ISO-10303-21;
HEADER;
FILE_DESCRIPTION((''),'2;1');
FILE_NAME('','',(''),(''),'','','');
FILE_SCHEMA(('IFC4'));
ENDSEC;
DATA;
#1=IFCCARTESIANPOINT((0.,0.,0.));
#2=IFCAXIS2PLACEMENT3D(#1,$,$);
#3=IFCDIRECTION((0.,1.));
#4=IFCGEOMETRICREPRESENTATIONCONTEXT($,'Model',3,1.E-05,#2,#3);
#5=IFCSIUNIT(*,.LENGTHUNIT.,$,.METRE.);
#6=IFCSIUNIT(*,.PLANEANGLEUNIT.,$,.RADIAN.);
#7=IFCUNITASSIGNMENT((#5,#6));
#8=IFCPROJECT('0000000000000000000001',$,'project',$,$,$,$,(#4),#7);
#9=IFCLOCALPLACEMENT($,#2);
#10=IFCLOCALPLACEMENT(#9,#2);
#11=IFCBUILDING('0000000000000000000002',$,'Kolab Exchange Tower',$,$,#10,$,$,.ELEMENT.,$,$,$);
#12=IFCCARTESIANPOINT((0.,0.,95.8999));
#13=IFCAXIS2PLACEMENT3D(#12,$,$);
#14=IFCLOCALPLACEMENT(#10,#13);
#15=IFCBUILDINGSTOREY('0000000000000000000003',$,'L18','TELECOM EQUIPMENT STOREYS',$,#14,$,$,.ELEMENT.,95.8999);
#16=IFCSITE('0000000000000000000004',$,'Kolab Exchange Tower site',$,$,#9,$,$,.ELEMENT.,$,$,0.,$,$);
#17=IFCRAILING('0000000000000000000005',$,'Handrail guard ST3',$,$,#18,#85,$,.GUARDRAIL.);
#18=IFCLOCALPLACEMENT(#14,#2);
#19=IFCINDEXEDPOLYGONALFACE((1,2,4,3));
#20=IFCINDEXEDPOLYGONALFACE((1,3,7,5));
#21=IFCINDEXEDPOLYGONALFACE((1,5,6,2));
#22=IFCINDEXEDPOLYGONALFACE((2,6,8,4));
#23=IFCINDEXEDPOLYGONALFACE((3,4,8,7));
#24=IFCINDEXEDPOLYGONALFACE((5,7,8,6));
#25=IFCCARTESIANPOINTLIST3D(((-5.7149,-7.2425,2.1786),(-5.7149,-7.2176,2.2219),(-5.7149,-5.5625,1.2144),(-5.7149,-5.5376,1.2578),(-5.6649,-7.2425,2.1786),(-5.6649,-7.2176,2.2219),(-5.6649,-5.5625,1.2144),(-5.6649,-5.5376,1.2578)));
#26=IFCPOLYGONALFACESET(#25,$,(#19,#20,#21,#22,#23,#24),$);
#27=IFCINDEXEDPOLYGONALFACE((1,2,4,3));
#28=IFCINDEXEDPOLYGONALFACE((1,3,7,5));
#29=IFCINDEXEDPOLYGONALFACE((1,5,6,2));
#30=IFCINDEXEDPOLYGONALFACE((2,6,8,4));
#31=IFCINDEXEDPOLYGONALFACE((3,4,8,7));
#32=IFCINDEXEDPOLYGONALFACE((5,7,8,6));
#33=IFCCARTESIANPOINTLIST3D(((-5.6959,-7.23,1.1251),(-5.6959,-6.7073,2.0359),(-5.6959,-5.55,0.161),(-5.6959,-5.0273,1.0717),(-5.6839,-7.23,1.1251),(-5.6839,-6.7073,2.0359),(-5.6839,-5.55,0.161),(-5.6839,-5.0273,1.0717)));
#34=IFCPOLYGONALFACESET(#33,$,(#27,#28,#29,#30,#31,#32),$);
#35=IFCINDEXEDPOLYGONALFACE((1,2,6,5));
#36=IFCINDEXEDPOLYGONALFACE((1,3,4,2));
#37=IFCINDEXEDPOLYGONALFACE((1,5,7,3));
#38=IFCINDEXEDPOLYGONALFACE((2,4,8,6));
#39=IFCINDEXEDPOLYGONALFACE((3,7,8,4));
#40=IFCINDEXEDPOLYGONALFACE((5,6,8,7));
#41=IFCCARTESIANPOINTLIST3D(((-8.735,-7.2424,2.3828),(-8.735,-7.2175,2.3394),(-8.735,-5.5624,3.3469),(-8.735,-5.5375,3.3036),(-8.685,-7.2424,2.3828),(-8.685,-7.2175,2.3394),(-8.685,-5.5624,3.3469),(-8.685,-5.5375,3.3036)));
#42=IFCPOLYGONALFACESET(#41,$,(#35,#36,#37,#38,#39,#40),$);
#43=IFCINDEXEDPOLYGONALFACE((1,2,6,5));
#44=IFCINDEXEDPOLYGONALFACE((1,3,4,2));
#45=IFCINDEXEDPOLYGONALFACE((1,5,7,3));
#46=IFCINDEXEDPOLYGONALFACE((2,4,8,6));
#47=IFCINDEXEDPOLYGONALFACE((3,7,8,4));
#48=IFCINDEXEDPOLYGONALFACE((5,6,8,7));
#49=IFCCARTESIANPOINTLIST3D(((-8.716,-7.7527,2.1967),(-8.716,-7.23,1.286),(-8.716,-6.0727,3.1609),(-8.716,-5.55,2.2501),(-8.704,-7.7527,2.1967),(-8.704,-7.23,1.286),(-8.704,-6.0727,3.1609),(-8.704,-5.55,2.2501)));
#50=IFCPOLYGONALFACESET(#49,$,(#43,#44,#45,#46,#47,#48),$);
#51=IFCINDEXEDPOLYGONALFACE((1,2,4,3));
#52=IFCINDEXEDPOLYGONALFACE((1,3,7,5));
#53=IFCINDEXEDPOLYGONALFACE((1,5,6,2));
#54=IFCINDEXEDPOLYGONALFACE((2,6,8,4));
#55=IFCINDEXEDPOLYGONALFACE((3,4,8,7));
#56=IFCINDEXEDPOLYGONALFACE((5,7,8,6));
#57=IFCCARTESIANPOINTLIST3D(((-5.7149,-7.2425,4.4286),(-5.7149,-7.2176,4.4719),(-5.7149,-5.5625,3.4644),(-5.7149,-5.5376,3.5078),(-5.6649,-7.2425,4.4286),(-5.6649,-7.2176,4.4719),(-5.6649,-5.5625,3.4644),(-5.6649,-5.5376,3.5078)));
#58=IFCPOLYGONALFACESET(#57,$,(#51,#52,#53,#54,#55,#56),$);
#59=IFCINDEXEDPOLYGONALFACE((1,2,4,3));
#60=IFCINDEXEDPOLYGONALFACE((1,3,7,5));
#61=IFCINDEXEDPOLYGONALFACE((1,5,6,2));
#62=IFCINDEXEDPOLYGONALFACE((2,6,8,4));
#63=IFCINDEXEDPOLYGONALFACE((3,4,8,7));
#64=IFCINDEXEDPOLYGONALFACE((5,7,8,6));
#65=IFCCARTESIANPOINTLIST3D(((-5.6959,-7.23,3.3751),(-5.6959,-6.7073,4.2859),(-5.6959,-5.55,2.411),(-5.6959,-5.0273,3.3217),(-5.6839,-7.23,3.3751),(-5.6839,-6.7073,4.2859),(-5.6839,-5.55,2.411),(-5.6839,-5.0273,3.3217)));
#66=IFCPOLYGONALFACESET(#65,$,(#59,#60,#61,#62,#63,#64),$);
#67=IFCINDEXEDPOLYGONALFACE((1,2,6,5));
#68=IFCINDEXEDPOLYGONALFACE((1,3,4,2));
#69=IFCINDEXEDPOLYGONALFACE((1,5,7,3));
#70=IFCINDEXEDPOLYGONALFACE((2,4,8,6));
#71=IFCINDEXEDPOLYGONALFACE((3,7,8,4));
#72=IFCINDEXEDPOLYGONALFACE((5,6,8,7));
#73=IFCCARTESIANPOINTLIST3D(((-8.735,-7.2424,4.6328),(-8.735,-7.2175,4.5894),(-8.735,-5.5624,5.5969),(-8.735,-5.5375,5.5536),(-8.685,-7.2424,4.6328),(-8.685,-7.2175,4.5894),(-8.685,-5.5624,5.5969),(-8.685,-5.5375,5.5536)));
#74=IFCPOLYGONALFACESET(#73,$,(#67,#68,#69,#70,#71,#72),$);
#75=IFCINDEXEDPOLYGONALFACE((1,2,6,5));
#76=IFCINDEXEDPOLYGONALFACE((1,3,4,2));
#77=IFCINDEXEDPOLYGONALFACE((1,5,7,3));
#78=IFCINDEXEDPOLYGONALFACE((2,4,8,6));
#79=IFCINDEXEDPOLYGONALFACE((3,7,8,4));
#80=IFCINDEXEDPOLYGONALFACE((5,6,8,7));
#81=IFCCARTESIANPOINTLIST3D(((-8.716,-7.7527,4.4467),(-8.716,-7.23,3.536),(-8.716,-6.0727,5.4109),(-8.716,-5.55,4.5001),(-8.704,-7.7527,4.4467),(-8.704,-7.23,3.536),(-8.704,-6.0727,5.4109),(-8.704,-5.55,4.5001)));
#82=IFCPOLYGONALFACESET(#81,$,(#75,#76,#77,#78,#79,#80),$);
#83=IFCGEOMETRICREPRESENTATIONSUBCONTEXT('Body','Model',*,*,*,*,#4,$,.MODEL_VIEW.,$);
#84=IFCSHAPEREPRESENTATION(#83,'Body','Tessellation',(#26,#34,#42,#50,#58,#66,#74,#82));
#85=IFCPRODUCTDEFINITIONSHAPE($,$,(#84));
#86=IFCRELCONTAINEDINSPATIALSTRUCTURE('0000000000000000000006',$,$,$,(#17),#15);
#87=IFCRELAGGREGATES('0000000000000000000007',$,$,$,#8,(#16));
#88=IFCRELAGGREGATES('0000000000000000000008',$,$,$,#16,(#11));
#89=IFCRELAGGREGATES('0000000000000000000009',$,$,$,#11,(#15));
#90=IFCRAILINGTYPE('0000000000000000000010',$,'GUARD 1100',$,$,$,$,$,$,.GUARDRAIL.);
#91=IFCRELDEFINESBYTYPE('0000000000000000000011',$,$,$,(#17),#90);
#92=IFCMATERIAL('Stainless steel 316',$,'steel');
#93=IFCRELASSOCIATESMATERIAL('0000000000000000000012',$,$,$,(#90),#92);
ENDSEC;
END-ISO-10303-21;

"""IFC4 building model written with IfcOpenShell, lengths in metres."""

from ifc_helpers import new_model, si_unit, direction, frame, frame_2d, origin, origin_2d, place, context, subcontext, project, spatial, rectangle, extrude, material, type_object, element, save


model = new_model("IFC4")

# Units and contexts
model_context = context("Model", 3, precision=1e-05, world=origin(), true_north=direction((0.0, 1.0)))
body_context = subcontext(model_context, "Body", "Model", "MODEL_VIEW")
ifc_project = project(units=[si_unit("LENGTHUNIT", "METRE"), si_unit("PLANEANGLEUNIT", "RADIAN")], contexts=[model_context])

# Site, building, storey
site_placement = place(None, origin())
site = spatial("IfcSite", under=ifc_project, at=site_placement, Name="Kolab Exchange Tower site", CompositionType="ELEMENT", RefElevation=0.0)
building_placement = place(site_placement, origin())
building = spatial("IfcBuilding", under=site, at=building_placement, Name="Kolab Exchange Tower", CompositionType="ELEMENT")
storey_placement = place(building_placement, frame((0.0, 0.0, 95.8999)))
storey = spatial("IfcBuildingStorey", under=building, at=storey_placement, Name="L18", Description="TELECOM EQUIPMENT STOREYS", CompositionType="ELEMENT", Elevation=95.8999)

# Shared definitions
ifc_material_1 = material(Name="Stainless steel 316", Category="steel")

# Railing
railing_type = type_object("IfcRailingType", Name="GUARD 1100", PredefinedType="GUARDRAIL", material=ifc_material_1)
railing_placement = place(storey_placement, frame((-5.6899, -5.55, 0.1609)))
element("IfcRailing", 1, at=railing_placement, inside=storey, type_object=railing_type, Name="Handrail guard ST3", PredefinedType="GUARDRAIL", context=body_context, shape_type="SweptSolid", body=[
    extrude(rectangle(XDim=0.05, YDim=0.05, at=origin_2d()), frame((0.0, 0.0, 1.0752), z_axis=(0.0, -0.867319, 0.497753), x_axis=(1.0, 0.0, 0.0)), (0.0, 0.0, 1.0), 1.937),
    extrude(rectangle(XDim=0.012, YDim=1.0501, at=frame_2d((0.0, 0.5251))), frame((0.0, 0.0, 0.0), z_axis=(0.0, -0.867319, 0.497753), x_axis=(1.0, 0.0, 0.0)), (0.0, 0.0, 1.0), 1.937),
    extrude(rectangle(XDim=0.05, YDim=0.05, at=origin_2d()), frame((-3.02, -1.6799, 2.2002), z_axis=(0.0, 0.867319, 0.497753), x_axis=(-1.0, 0.0, 0.0)), (0.0, 0.0, 1.0), 1.937),
    extrude(rectangle(XDim=0.012, YDim=1.0501, at=frame_2d((0.0, 0.5251))), frame((-3.02, -1.6799, 1.125), z_axis=(0.0, 0.867319, 0.497753), x_axis=(-1.0, 0.0, 0.0)), (0.0, 0.0, 1.0), 1.937),
    extrude(rectangle(XDim=0.05, YDim=0.05, at=origin_2d()), frame((0.0, 0.0, 3.3252), z_axis=(0.0, -0.867319, 0.497753), x_axis=(1.0, 0.0, 0.0)), (0.0, 0.0, 1.0), 1.937),
    extrude(rectangle(XDim=0.012, YDim=1.0501, at=frame_2d((0.0, 0.5251))), frame((0.0, 0.0, 2.25), z_axis=(0.0, -0.867319, 0.497753), x_axis=(1.0, 0.0, 0.0)), (0.0, 0.0, 1.0), 1.937),
    extrude(rectangle(XDim=0.05, YDim=0.05, at=origin_2d()), frame((-3.02, -1.6799, 4.4502), z_axis=(0.0, 0.867319, 0.497753), x_axis=(-1.0, 0.0, 0.0)), (0.0, 0.0, 1.0), 1.937),
    extrude(rectangle(XDim=0.012, YDim=1.0501, at=frame_2d((0.0, 0.5251))), frame((-3.02, -1.6799, 3.375), z_axis=(0.0, 0.867319, 0.497753), x_axis=(-1.0, 0.0, 0.0)), (0.0, 0.0, 1.0), 1.937),
])

save(model, "model.ifc")
